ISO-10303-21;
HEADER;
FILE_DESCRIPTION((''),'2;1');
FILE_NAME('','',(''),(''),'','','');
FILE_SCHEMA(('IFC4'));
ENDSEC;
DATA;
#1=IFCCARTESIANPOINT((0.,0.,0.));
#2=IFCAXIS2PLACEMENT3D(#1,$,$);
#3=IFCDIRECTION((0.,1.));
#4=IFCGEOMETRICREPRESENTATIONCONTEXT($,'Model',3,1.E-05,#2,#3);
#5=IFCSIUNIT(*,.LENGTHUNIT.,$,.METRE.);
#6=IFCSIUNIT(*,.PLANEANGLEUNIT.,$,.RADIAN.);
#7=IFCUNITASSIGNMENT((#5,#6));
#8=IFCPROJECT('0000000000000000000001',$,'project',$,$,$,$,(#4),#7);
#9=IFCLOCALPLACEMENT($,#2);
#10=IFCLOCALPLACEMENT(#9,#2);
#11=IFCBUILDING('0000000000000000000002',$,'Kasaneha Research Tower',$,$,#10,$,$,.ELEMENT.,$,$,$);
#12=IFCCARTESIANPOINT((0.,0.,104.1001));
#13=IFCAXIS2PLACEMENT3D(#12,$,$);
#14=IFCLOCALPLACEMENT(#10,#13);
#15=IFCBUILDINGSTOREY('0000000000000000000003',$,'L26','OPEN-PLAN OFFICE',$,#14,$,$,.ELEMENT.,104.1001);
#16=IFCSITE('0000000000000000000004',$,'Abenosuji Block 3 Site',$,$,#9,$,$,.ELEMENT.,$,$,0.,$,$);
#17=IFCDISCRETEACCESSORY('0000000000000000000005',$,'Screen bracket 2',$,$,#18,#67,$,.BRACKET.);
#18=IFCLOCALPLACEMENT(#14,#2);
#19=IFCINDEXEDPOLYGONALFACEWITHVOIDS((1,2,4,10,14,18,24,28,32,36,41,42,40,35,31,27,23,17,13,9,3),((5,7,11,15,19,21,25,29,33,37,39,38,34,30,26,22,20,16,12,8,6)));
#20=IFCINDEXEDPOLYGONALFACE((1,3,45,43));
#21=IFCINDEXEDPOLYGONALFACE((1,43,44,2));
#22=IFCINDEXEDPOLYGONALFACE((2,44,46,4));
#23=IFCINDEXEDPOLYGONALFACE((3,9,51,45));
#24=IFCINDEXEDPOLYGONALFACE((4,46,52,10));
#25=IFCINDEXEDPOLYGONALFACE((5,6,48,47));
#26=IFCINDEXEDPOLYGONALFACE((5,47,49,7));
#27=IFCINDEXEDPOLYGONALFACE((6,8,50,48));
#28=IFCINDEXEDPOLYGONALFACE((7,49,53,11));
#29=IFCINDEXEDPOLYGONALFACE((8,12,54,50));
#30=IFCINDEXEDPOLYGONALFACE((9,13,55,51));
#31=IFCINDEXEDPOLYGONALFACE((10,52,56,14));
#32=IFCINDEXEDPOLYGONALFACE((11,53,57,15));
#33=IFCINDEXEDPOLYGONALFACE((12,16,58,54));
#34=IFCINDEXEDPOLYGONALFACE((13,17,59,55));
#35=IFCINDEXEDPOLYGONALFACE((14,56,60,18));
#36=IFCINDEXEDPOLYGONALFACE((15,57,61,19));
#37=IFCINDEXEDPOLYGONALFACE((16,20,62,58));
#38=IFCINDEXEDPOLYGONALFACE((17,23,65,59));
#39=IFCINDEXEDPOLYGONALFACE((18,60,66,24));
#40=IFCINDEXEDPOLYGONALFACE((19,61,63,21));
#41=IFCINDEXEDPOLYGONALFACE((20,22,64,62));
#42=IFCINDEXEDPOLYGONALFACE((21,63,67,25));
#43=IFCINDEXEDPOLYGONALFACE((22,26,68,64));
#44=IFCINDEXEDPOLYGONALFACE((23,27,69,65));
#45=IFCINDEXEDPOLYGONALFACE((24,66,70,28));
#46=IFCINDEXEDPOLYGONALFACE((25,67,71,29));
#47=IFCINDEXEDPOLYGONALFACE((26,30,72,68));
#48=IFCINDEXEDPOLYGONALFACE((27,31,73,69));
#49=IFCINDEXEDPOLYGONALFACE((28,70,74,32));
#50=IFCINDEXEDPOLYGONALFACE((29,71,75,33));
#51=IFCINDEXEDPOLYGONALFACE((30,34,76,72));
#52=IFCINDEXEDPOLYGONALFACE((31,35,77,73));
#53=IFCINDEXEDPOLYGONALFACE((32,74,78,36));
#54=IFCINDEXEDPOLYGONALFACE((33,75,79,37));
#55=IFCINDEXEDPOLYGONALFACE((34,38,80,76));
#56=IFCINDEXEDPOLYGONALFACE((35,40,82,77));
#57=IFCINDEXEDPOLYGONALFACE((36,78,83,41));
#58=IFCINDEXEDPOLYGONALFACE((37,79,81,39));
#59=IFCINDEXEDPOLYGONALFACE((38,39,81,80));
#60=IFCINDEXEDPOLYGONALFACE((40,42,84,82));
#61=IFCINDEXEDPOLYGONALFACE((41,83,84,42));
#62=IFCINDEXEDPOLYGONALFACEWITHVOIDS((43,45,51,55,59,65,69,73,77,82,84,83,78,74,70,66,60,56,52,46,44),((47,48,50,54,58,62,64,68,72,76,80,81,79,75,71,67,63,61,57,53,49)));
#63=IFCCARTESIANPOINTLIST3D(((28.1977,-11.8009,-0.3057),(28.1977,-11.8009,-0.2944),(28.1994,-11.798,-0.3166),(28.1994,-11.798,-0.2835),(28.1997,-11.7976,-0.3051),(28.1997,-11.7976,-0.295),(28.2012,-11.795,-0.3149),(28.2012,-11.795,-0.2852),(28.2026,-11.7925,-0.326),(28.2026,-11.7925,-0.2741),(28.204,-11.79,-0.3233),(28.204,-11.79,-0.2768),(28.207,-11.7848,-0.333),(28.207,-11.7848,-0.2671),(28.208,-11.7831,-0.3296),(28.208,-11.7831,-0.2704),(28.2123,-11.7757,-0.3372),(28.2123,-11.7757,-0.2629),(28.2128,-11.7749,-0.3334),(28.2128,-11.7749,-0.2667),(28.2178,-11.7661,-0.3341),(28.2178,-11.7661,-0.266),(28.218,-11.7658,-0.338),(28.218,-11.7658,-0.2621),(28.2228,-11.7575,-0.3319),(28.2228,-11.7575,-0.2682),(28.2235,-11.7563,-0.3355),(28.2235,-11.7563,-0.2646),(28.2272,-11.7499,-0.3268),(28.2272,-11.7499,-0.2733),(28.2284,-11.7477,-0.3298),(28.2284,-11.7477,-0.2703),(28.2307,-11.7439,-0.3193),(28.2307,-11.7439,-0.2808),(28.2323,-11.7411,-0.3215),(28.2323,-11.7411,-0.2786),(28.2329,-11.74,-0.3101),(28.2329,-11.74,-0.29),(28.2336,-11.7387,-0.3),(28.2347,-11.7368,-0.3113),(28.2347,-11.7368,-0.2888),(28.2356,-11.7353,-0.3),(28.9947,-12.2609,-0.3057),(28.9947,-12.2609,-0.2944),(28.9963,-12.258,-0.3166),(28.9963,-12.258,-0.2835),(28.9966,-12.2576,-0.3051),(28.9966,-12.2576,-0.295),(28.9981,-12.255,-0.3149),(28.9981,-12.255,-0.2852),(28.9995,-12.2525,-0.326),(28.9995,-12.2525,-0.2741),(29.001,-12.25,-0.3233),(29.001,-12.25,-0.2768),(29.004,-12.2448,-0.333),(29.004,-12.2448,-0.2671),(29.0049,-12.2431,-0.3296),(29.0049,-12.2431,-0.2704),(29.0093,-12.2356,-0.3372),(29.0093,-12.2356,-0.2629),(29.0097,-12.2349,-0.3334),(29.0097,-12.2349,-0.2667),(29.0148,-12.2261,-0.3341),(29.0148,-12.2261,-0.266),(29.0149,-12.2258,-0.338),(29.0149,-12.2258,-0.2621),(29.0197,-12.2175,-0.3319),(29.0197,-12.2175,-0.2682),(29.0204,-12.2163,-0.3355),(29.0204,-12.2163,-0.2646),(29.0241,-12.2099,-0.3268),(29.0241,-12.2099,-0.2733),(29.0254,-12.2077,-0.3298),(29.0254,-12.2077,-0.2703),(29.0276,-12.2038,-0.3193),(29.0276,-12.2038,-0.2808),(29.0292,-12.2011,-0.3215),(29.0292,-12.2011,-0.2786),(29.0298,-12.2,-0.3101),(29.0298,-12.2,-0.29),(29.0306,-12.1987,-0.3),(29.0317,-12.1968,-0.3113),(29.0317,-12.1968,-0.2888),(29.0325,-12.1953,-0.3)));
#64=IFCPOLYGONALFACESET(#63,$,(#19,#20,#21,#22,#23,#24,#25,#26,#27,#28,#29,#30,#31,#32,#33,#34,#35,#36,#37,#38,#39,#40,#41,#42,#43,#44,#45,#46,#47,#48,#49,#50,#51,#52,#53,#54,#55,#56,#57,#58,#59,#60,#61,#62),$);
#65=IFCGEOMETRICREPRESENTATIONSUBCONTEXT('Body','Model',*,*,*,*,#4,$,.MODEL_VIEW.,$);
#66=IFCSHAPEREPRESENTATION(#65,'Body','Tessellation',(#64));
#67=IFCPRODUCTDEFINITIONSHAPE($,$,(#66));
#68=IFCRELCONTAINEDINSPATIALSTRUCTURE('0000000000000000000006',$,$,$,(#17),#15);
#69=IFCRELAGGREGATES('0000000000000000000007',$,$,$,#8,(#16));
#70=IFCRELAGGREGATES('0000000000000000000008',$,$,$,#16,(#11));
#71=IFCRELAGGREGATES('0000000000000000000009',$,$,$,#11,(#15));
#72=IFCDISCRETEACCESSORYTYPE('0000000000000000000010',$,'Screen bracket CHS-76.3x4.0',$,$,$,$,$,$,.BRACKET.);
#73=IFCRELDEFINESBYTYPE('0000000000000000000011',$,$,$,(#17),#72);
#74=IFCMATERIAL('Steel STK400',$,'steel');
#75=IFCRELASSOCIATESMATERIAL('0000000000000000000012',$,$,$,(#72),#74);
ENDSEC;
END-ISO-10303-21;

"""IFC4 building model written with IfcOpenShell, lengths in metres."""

from ifc_helpers import new_model, si_unit, direction, frame, origin, origin_2d, place, context, subcontext, project, spatial, hollow_circle, extrude, material, material_profile, profile_set, type_object, element, save


model = new_model("IFC4")

# Units and contexts
model_context = context("Model", 3, precision=1e-05, world=origin(), true_north=direction((0.0, 1.0)))
body_context = subcontext(model_context, "Body", "Model", "MODEL_VIEW")
ifc_project = project(units=[si_unit("LENGTHUNIT", "METRE"), si_unit("PLANEANGLEUNIT", "RADIAN")], contexts=[model_context])

# Site, building, storey
site_placement = place(None, origin())
site = spatial("IfcSite", under=ifc_project, at=site_placement, Name="Abenosuji Block 3 Site", CompositionType="ELEMENT", RefElevation=0.0)
building_placement = place(site_placement, origin())
building = spatial("IfcBuilding", under=site, at=building_placement, Name="Kasaneha Research Tower", CompositionType="ELEMENT")
storey_placement = place(building_placement, frame((0.0, 0.0, 104.1001)))
storey = spatial("IfcBuildingStorey", under=building, at=storey_placement, Name="L26", Description="OPEN-PLAN OFFICE", CompositionType="ELEMENT", Elevation=104.1001)

# Discrete accessory
ifc_material_1 = material(Name="Steel STK400", Category="steel")
ifc_material_profile_1 = material_profile(ifc_material_1, hollow_circle(Radius=0.0381, WallThickness=0.0039, at=origin_2d()), Name="CHS-76.3x4.0")
ifc_profile_set_1 = profile_set([ifc_material_profile_1], Name="Steel STK400")
discrete_accessory_type = type_object("IfcDiscreteAccessoryType", Name="Screen bracket CHS-76.3x4.0", PredefinedType="BRACKET", material=ifc_profile_set_1)
for number, where, z_axis, x_axis, name in (
    (1, (28.2166, -11.7683, -0.3), (0.86608, -0.499906, 0.0), (0.499906, 0.86608, 0.0), "Screen bracket 2"),
):
    element("IfcDiscreteAccessory", number, at=place(storey_placement, frame(where, z_axis=z_axis, x_axis=x_axis)), inside=storey, type_object=discrete_accessory_type, Name=name, PredefinedType="BRACKET", context=body_context, shape_type="SweptSolid", body=[
        extrude(hollow_circle(Radius=0.0381, WallThickness=0.0039, at=origin_2d()), origin(), (0.0, 0.0, 1.0), 0.9202),
    ])

save(model, "model.ifc")
